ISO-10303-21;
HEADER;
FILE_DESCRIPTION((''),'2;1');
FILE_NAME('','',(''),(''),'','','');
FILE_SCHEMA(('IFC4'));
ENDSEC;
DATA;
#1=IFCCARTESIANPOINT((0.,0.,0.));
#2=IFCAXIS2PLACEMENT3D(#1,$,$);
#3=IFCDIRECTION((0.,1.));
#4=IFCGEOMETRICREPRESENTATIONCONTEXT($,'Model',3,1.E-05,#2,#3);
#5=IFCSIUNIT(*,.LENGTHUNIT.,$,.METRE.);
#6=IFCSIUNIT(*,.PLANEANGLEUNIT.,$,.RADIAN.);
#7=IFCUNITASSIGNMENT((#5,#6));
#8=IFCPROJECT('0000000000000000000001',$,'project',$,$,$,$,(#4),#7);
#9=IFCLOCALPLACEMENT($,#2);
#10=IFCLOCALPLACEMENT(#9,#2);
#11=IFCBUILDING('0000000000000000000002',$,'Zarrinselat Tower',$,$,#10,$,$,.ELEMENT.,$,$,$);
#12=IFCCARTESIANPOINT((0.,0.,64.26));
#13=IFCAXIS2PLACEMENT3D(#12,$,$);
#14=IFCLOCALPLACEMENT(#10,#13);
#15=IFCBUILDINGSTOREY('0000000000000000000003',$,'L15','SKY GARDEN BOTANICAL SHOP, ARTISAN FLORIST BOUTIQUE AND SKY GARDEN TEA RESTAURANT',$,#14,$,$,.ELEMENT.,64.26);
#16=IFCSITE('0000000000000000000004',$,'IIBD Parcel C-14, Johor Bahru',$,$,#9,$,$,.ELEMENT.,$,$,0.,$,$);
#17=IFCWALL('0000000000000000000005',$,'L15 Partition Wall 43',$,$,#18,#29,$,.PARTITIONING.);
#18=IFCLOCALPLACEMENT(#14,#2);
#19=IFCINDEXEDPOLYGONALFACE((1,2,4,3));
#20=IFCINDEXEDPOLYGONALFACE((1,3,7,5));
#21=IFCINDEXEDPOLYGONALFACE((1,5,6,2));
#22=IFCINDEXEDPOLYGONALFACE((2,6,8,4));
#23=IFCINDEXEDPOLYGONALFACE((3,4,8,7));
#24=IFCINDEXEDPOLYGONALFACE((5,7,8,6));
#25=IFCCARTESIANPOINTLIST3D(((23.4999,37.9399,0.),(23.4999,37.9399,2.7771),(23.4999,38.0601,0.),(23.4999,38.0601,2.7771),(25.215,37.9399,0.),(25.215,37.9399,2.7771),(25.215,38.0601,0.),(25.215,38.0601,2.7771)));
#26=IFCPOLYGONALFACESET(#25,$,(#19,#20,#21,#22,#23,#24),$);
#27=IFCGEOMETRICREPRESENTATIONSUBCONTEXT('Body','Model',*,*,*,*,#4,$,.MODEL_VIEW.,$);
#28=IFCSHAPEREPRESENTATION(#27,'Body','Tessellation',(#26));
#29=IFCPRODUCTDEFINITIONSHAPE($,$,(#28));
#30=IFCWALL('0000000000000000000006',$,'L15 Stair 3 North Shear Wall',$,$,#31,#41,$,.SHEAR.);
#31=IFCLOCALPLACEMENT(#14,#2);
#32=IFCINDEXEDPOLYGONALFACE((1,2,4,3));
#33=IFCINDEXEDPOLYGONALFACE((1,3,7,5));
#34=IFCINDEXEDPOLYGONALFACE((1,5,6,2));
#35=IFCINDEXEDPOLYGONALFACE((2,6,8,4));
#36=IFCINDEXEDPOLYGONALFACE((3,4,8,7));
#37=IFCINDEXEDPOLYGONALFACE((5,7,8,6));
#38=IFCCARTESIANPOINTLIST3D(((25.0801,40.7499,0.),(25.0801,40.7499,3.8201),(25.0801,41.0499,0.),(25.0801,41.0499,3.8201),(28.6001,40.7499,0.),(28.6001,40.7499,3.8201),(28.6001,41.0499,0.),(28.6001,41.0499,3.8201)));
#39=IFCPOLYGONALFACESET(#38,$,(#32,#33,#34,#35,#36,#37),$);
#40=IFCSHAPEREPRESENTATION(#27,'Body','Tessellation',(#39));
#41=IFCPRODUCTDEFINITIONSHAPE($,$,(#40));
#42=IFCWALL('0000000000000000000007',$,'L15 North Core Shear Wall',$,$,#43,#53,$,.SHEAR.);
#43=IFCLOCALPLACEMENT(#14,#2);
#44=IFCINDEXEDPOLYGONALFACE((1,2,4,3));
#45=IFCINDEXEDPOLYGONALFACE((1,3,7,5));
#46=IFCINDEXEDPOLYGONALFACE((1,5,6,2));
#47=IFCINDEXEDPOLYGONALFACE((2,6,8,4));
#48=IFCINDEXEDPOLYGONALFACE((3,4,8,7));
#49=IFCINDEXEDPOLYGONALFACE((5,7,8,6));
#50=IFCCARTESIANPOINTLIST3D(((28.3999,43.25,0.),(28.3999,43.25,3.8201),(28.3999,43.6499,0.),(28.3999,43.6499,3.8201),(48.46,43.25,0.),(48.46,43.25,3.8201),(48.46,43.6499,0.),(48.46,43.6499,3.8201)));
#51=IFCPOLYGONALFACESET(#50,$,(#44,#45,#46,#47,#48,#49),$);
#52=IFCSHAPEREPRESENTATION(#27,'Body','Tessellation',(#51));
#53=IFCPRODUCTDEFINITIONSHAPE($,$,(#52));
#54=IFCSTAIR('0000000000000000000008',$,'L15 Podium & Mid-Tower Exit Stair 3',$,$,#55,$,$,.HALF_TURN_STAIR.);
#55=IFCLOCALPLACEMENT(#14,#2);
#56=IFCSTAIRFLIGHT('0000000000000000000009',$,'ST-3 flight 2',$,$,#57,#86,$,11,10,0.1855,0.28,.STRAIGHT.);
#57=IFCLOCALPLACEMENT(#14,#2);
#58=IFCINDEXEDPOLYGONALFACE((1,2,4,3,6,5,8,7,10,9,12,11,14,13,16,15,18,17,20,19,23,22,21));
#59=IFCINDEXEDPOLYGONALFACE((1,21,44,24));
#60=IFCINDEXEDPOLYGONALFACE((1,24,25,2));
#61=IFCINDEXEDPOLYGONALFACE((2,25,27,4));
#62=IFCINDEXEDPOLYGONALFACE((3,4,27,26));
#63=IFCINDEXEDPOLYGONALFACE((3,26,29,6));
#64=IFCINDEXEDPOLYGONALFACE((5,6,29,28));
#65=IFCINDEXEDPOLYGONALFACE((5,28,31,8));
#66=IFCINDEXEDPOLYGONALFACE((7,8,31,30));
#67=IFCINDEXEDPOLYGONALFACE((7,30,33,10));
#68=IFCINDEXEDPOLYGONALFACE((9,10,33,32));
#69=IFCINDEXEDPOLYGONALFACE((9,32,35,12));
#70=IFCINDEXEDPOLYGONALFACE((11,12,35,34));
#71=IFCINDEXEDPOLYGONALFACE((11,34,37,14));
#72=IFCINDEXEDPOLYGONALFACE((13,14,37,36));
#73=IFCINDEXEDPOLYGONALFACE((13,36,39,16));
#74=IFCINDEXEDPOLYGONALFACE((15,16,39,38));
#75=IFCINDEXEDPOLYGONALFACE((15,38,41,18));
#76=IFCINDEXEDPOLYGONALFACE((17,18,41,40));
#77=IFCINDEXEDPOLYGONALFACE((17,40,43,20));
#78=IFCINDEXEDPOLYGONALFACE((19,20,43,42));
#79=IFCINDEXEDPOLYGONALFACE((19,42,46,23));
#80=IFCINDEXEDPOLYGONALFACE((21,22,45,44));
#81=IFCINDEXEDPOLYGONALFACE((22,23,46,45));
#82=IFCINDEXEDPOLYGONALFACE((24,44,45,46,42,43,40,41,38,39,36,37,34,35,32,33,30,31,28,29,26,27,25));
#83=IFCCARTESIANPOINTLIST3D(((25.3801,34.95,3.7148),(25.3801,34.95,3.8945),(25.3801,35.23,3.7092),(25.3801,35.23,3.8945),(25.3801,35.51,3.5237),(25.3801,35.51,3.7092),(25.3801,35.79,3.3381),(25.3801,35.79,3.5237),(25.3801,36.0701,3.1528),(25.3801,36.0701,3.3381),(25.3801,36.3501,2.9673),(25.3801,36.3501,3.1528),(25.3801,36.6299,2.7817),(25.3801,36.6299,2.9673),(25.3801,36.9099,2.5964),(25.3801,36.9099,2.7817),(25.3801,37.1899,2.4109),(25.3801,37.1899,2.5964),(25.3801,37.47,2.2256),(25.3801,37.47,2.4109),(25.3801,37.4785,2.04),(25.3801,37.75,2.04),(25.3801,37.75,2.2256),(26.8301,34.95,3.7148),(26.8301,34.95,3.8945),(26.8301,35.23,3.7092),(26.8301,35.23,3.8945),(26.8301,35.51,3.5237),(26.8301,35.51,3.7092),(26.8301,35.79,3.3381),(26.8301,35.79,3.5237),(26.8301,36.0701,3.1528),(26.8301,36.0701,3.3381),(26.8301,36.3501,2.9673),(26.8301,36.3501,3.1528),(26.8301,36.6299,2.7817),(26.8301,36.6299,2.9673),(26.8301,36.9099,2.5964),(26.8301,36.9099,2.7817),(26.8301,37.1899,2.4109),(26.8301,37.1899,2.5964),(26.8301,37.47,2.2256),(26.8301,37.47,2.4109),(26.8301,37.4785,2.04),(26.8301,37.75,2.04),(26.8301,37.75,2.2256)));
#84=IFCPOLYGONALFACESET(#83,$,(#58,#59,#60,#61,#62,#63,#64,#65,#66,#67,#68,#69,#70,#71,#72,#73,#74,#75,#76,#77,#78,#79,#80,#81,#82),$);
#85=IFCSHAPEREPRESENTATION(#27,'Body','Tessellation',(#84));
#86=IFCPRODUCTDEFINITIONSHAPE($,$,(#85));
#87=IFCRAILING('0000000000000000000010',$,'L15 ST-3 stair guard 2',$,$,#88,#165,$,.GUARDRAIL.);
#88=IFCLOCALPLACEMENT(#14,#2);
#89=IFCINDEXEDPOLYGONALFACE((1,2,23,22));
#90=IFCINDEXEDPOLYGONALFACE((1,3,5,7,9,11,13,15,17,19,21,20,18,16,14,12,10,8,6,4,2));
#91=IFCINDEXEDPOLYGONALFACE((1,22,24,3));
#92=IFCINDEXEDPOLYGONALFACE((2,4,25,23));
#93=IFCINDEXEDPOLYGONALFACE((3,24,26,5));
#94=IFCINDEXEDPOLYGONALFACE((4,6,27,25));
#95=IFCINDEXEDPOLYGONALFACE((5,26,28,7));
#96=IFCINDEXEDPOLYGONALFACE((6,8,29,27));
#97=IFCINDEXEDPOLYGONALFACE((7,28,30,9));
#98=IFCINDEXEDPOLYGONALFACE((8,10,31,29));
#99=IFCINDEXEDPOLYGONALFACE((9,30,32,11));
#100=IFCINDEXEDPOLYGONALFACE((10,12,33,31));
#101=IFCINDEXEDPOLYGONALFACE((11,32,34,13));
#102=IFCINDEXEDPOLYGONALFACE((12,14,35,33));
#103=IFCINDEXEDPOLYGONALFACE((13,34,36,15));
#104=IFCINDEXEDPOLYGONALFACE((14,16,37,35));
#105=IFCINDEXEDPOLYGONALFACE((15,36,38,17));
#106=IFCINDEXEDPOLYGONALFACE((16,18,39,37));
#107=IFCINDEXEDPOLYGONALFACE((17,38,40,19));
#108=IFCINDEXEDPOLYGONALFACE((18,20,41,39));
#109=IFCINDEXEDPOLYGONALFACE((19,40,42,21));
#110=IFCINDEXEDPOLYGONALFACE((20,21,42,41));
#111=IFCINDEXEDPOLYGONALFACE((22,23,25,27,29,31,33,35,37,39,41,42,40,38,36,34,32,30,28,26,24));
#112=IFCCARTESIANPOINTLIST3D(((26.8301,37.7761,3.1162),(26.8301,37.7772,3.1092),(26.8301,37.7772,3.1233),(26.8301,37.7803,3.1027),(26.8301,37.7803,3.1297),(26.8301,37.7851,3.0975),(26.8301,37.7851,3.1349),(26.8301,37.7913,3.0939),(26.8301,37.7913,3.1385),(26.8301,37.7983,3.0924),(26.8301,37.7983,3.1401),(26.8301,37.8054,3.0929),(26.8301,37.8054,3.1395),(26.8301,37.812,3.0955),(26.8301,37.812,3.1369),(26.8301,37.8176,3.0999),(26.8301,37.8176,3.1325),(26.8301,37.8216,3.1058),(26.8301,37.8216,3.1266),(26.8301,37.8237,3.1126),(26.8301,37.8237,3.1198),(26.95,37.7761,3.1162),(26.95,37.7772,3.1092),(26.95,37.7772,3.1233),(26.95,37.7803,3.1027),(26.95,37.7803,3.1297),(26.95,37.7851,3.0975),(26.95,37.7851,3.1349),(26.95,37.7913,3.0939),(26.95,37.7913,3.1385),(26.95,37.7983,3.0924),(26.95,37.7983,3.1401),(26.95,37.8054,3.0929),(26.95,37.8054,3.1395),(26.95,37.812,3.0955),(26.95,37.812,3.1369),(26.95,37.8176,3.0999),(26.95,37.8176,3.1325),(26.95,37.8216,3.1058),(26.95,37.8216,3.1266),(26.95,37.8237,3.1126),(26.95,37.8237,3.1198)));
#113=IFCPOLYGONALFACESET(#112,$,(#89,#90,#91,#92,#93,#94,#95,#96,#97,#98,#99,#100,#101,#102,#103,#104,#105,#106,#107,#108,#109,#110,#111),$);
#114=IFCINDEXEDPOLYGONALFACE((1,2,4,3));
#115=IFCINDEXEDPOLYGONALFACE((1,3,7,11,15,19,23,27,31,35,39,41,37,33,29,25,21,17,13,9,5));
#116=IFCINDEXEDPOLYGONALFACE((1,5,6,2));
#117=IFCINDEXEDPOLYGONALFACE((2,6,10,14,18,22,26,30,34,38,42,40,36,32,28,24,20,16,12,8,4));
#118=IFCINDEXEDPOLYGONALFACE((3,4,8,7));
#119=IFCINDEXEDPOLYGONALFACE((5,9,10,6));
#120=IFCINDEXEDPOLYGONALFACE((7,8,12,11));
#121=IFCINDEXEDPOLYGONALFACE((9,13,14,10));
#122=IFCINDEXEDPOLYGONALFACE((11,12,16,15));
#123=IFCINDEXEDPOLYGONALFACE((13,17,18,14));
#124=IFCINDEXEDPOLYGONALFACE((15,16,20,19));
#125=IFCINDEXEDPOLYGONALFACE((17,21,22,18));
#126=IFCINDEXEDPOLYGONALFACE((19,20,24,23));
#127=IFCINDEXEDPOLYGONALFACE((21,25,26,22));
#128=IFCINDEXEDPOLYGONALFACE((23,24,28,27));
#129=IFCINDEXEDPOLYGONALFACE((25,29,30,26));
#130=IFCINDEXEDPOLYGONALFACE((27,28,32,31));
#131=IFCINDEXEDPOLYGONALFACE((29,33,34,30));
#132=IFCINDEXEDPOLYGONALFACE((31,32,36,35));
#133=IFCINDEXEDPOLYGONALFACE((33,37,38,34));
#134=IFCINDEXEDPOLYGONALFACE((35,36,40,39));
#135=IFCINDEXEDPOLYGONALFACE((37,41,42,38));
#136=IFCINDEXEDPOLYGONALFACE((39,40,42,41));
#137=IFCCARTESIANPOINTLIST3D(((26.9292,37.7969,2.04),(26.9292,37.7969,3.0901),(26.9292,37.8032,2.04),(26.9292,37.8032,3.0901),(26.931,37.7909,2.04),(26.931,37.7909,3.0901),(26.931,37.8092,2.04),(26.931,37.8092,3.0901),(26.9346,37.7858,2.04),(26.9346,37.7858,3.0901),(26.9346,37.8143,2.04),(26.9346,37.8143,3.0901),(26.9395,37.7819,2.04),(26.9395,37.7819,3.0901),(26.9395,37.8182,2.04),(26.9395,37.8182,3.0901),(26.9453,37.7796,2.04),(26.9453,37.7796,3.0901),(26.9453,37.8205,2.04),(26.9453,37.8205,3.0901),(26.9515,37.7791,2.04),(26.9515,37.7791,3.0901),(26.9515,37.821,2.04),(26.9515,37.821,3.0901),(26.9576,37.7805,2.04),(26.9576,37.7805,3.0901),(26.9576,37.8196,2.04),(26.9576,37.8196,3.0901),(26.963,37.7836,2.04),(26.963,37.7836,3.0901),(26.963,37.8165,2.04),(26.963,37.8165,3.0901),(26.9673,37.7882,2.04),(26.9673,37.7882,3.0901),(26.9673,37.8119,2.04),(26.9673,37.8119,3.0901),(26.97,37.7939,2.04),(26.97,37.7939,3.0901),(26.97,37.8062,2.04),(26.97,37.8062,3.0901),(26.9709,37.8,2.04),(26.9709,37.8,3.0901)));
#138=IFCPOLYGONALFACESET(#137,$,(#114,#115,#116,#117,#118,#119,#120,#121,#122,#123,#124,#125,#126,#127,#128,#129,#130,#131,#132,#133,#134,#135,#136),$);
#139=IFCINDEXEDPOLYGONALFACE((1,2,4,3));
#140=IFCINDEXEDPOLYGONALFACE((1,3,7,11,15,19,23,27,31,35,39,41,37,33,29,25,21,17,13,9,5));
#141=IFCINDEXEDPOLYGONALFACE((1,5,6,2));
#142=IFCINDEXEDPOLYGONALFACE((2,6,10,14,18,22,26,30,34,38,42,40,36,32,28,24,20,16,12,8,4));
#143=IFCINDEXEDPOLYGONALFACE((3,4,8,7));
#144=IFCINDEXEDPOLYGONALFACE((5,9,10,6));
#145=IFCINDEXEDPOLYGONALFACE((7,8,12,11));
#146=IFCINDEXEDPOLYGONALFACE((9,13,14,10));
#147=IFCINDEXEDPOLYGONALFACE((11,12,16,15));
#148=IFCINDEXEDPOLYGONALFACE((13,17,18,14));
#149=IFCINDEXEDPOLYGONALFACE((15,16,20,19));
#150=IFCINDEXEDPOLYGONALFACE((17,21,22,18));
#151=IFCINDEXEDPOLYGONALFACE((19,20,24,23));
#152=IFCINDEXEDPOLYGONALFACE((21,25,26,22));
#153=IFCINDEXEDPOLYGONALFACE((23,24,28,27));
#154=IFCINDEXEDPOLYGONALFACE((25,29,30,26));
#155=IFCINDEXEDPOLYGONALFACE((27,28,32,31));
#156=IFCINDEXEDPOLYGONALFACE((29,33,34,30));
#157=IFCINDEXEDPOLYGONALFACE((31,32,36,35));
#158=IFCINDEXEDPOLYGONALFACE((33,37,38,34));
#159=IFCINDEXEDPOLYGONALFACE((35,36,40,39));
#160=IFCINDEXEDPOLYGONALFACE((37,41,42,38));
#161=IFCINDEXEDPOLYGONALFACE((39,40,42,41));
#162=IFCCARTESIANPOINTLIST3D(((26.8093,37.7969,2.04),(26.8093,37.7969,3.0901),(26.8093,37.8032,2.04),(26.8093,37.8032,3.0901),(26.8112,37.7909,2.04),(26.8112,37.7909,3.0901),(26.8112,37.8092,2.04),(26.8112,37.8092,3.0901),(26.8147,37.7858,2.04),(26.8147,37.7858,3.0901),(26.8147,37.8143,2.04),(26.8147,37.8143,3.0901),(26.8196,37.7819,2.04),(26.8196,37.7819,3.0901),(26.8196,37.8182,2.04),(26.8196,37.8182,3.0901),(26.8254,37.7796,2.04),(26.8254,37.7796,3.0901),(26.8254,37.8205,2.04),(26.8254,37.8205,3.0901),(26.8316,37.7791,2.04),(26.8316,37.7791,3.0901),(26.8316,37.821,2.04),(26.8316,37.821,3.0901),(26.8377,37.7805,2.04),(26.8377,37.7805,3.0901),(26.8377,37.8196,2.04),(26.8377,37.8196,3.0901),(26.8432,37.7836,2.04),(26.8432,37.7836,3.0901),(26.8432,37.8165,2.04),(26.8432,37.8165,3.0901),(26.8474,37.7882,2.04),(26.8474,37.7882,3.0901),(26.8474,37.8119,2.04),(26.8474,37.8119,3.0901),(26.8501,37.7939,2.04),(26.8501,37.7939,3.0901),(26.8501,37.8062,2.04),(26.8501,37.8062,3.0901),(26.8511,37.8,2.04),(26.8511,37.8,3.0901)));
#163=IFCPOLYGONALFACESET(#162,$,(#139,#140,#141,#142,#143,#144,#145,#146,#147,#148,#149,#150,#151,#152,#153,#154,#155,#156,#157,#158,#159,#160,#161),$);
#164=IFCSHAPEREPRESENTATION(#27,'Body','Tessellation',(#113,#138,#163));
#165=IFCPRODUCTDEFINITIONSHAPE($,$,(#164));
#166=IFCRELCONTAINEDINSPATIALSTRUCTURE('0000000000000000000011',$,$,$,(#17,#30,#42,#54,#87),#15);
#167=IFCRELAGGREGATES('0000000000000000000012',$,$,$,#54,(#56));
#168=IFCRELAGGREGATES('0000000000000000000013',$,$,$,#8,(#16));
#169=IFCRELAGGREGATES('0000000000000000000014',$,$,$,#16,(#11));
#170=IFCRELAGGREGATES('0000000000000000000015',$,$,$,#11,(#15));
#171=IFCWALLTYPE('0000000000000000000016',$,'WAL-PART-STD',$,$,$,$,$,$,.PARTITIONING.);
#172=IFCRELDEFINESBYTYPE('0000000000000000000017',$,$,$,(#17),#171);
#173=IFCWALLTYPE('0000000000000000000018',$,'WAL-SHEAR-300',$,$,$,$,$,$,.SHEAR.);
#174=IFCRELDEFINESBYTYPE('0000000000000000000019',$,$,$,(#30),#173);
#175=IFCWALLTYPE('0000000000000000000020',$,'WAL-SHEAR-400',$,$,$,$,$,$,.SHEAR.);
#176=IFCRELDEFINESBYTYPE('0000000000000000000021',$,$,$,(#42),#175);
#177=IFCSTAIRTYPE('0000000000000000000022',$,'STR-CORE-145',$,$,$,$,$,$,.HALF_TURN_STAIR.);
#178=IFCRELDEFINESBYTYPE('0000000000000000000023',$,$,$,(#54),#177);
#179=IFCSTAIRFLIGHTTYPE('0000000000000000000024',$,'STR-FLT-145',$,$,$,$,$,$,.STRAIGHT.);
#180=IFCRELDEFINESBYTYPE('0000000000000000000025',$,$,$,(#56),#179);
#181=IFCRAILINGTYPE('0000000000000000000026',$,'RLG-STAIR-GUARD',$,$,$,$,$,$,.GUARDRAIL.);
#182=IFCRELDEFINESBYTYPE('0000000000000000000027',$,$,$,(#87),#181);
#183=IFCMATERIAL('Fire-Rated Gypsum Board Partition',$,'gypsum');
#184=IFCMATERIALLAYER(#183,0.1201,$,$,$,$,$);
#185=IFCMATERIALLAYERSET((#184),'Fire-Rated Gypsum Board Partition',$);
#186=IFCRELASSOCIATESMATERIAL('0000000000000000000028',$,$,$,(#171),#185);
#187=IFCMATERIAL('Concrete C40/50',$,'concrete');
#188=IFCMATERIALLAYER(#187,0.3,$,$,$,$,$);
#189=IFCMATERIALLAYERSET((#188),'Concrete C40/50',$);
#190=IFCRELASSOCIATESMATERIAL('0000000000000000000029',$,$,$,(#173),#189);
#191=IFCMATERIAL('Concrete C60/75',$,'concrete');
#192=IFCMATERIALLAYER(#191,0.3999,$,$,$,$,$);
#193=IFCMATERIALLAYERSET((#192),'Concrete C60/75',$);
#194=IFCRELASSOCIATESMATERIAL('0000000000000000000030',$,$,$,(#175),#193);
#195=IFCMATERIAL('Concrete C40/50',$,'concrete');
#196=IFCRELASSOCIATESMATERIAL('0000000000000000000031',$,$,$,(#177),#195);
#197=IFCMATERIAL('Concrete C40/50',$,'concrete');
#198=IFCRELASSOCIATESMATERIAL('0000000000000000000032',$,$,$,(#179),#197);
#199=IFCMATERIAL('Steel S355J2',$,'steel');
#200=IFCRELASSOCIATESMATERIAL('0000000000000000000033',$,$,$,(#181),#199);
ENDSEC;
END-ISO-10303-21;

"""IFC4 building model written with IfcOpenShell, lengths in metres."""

from ifc_helpers import new_model, si_unit, direction, frame, frame_2d, origin, origin_2d, place, context, subcontext, project, spatial, polyline, rectangle, circle, outline, extrude, material, layer, layer_set, type_object, element, aggregate, save


model = new_model("IFC4")

# Units and contexts
model_context = context("Model", 3, precision=1e-05, world=origin(), true_north=direction((0.0, 1.0)))
body_context = subcontext(model_context, "Body", "Model", "MODEL_VIEW")
ifc_project = project(units=[si_unit("LENGTHUNIT", "METRE"), si_unit("PLANEANGLEUNIT", "RADIAN")], contexts=[model_context])

# Site, building, storey
site_placement = place(None, origin())
site = spatial("IfcSite", under=ifc_project, at=site_placement, Name="IIBD Parcel C-14, Johor Bahru", CompositionType="ELEMENT", RefElevation=0.0)
building_placement = place(site_placement, origin())
building = spatial("IfcBuilding", under=site, at=building_placement, Name="Zarrinselat Tower", CompositionType="ELEMENT")
storey_placement = place(building_placement, frame((0.0, 0.0, 64.26)))
storey = spatial("IfcBuildingStorey", under=building, at=storey_placement, Name="L15", Description="SKY GARDEN BOTANICAL SHOP, ARTISAN FLORIST BOUTIQUE AND SKY GARDEN TEA RESTAURANT", CompositionType="ELEMENT", Elevation=64.26)

# Walls
ifc_material_1 = material(Name="Fire-Rated Gypsum Board Partition", Category="gypsum")
ifc_layer_1 = layer(ifc_material_1, 0.1201)
ifc_layer_set_1 = layer_set([ifc_layer_1], Name="Fire-Rated Gypsum Board Partition")
wall_type_1 = type_object("IfcWallType", Name="WAL-PART-STD", PredefinedType="PARTITIONING", material=ifc_layer_set_1)
wall_1_placement = place(storey_placement, frame((23.5, 38.0, 0.0), z_axis=(0.0, 0.0, 1.0), x_axis=(1.0, 0.0, 0.0)))
element("IfcWall", 1, at=wall_1_placement, inside=storey, type_object=wall_type_1, Name="L15 Partition Wall 43", PredefinedType="PARTITIONING", context=body_context, shape_type="SweptSolid", body=[
    extrude(rectangle(XDim=1.7151, YDim=0.1201, at=frame_2d((0.8574, 0.0))), origin(), (0.0, 0.0, 1.0), 2.7771),
])
ifc_material_2 = material(Name="Concrete C40/50", Category="concrete")
ifc_layer_2 = layer(ifc_material_2, 0.3)
ifc_layer_set_2 = layer_set([ifc_layer_2], Name="Concrete C40/50")
wall_type_2 = type_object("IfcWallType", Name="WAL-SHEAR-300", PredefinedType="SHEAR", material=ifc_layer_set_2)
wall_2_placement = place(storey_placement, frame((25.0801, 40.8999, 0.0), z_axis=(0.0, 0.0, 1.0), x_axis=(1.0, 0.0, 0.0)))
element("IfcWall", 2, at=wall_2_placement, inside=storey, type_object=wall_type_2, Name="L15 Stair 3 North Shear Wall", PredefinedType="SHEAR", context=body_context, shape_type="SweptSolid", body=[
    extrude(rectangle(XDim=3.52, YDim=0.3, at=frame_2d((1.76, 0.0))), origin(), (0.0, 0.0, 1.0), 3.8201),
])
ifc_material_3 = material(Name="Concrete C60/75", Category="concrete")
ifc_layer_3 = layer(ifc_material_3, 0.3999)
ifc_layer_set_3 = layer_set([ifc_layer_3], Name="Concrete C60/75")
wall_type_3 = type_object("IfcWallType", Name="WAL-SHEAR-400", PredefinedType="SHEAR", material=ifc_layer_set_3)
wall_3_placement = place(storey_placement, frame((28.3999, 43.45, 0.0), z_axis=(0.0, 0.0, 1.0), x_axis=(1.0, 0.0, 0.0)))
element("IfcWall", 3, at=wall_3_placement, inside=storey, type_object=wall_type_3, Name="L15 North Core Shear Wall", PredefinedType="SHEAR", context=body_context, shape_type="SweptSolid", body=[
    extrude(rectangle(XDim=20.0601, YDim=0.3999, at=frame_2d((10.03, 0.0))), origin(), (0.0, 0.0, 1.0), 3.8201),
])

# Stair, stair flight
ifc_material_4 = material(Name="Concrete C40/50", Category="concrete")
stair_type = type_object("IfcStairType", Name="STR-CORE-145", PredefinedType="HALF_TURN_STAIR", material=ifc_material_4)
stair_placement = place(storey_placement, origin())
stair = element("IfcStair", 4, at=stair_placement, inside=storey, type_object=stair_type, Name="L15 Podium & Mid-Tower Exit Stair 3", PredefinedType="HALF_TURN_STAIR")
ifc_material_5 = material(Name="Concrete C40/50", Category="concrete")
stair_flight_type = type_object("IfcStairFlightType", Name="STR-FLT-145", PredefinedType="STRAIGHT", material=ifc_material_5)
stair_flight_placement = place(storey_placement, frame((26.105, 37.75, 2.04), z_axis=(0.0, 0.0, 1.0), x_axis=(0.0, -1.0, 0.0)))
stair_flight = element("IfcStairFlight", 5, at=stair_flight_placement, type_object=stair_flight_type, Name="ST-3 flight 2", NumberOfRisers=11, NumberOfTreads=10, PredefinedType="STRAIGHT", RiserHeight=0.1855, TreadLength=0.28, context=body_context, shape_type="SweptSolid", body=[
    extrude(outline(polyline([(0.0, 0.0), (0.0, 0.1855), (0.28, 0.1855), (0.28, 0.3708), (0.5601, 0.3708), (0.5601, 0.5564), (0.8401, 0.5564), (0.8401, 0.7417), (1.1201, 0.7417), (1.1201, 0.9272), (1.3999, 0.9272), (1.3999, 1.1128), (1.6799, 1.1128), (1.6799, 1.2981), (1.96, 1.2981), (1.96, 1.4836), (2.24, 1.4836), (2.24, 1.6692), (2.52, 1.6692), (2.52, 1.8545), (2.8, 1.8545), (2.8, 2.04), (2.8, 1.6748), (0.2715, 0.0), (0.0, 0.0)])), frame((0.0, 0.7251, 0.0), z_axis=(0.0, -1.0, 0.0), x_axis=(1.0, 0.0, 0.0)), (0.0, 0.0, 1.0), 1.45),
])
aggregate(stair, [stair_flight])

# Railing
ifc_material_6 = material(Name="Steel S355J2", Category="steel")
railing_type_1 = type_object("IfcRailingType", Name="RLG-STAIR-GUARD", PredefinedType="GUARDRAIL", material=ifc_material_6)
railing_1_placement = place(storey_placement, frame((26.95, 37.8, 2.04)))
element("IfcRailing", 6, at=railing_1_placement, inside=storey, type_object=railing_type_1, Name="L15 ST-3 stair guard 2", PredefinedType="GUARDRAIL", context=body_context, shape_type="SweptSolid", body=[
    extrude(circle(Radius=0.0239, at=origin_2d()), frame((0.0, 0.0, 1.0762), z_axis=(-1.0, 0.0, 0.0), x_axis=(0.0, -1.0, 0.0)), (0.0, 0.0, 1.0), 0.1199),
    extrude(circle(Radius=0.021, at=origin_2d()), origin(), (0.0, 0.0, 1.0), 1.05),
    extrude(circle(Radius=0.021, at=origin_2d()), frame((-0.1199, 0.0, 0.0)), (0.0, 0.0, 1.0), 1.05),
])

save(model, "model.ifc")
